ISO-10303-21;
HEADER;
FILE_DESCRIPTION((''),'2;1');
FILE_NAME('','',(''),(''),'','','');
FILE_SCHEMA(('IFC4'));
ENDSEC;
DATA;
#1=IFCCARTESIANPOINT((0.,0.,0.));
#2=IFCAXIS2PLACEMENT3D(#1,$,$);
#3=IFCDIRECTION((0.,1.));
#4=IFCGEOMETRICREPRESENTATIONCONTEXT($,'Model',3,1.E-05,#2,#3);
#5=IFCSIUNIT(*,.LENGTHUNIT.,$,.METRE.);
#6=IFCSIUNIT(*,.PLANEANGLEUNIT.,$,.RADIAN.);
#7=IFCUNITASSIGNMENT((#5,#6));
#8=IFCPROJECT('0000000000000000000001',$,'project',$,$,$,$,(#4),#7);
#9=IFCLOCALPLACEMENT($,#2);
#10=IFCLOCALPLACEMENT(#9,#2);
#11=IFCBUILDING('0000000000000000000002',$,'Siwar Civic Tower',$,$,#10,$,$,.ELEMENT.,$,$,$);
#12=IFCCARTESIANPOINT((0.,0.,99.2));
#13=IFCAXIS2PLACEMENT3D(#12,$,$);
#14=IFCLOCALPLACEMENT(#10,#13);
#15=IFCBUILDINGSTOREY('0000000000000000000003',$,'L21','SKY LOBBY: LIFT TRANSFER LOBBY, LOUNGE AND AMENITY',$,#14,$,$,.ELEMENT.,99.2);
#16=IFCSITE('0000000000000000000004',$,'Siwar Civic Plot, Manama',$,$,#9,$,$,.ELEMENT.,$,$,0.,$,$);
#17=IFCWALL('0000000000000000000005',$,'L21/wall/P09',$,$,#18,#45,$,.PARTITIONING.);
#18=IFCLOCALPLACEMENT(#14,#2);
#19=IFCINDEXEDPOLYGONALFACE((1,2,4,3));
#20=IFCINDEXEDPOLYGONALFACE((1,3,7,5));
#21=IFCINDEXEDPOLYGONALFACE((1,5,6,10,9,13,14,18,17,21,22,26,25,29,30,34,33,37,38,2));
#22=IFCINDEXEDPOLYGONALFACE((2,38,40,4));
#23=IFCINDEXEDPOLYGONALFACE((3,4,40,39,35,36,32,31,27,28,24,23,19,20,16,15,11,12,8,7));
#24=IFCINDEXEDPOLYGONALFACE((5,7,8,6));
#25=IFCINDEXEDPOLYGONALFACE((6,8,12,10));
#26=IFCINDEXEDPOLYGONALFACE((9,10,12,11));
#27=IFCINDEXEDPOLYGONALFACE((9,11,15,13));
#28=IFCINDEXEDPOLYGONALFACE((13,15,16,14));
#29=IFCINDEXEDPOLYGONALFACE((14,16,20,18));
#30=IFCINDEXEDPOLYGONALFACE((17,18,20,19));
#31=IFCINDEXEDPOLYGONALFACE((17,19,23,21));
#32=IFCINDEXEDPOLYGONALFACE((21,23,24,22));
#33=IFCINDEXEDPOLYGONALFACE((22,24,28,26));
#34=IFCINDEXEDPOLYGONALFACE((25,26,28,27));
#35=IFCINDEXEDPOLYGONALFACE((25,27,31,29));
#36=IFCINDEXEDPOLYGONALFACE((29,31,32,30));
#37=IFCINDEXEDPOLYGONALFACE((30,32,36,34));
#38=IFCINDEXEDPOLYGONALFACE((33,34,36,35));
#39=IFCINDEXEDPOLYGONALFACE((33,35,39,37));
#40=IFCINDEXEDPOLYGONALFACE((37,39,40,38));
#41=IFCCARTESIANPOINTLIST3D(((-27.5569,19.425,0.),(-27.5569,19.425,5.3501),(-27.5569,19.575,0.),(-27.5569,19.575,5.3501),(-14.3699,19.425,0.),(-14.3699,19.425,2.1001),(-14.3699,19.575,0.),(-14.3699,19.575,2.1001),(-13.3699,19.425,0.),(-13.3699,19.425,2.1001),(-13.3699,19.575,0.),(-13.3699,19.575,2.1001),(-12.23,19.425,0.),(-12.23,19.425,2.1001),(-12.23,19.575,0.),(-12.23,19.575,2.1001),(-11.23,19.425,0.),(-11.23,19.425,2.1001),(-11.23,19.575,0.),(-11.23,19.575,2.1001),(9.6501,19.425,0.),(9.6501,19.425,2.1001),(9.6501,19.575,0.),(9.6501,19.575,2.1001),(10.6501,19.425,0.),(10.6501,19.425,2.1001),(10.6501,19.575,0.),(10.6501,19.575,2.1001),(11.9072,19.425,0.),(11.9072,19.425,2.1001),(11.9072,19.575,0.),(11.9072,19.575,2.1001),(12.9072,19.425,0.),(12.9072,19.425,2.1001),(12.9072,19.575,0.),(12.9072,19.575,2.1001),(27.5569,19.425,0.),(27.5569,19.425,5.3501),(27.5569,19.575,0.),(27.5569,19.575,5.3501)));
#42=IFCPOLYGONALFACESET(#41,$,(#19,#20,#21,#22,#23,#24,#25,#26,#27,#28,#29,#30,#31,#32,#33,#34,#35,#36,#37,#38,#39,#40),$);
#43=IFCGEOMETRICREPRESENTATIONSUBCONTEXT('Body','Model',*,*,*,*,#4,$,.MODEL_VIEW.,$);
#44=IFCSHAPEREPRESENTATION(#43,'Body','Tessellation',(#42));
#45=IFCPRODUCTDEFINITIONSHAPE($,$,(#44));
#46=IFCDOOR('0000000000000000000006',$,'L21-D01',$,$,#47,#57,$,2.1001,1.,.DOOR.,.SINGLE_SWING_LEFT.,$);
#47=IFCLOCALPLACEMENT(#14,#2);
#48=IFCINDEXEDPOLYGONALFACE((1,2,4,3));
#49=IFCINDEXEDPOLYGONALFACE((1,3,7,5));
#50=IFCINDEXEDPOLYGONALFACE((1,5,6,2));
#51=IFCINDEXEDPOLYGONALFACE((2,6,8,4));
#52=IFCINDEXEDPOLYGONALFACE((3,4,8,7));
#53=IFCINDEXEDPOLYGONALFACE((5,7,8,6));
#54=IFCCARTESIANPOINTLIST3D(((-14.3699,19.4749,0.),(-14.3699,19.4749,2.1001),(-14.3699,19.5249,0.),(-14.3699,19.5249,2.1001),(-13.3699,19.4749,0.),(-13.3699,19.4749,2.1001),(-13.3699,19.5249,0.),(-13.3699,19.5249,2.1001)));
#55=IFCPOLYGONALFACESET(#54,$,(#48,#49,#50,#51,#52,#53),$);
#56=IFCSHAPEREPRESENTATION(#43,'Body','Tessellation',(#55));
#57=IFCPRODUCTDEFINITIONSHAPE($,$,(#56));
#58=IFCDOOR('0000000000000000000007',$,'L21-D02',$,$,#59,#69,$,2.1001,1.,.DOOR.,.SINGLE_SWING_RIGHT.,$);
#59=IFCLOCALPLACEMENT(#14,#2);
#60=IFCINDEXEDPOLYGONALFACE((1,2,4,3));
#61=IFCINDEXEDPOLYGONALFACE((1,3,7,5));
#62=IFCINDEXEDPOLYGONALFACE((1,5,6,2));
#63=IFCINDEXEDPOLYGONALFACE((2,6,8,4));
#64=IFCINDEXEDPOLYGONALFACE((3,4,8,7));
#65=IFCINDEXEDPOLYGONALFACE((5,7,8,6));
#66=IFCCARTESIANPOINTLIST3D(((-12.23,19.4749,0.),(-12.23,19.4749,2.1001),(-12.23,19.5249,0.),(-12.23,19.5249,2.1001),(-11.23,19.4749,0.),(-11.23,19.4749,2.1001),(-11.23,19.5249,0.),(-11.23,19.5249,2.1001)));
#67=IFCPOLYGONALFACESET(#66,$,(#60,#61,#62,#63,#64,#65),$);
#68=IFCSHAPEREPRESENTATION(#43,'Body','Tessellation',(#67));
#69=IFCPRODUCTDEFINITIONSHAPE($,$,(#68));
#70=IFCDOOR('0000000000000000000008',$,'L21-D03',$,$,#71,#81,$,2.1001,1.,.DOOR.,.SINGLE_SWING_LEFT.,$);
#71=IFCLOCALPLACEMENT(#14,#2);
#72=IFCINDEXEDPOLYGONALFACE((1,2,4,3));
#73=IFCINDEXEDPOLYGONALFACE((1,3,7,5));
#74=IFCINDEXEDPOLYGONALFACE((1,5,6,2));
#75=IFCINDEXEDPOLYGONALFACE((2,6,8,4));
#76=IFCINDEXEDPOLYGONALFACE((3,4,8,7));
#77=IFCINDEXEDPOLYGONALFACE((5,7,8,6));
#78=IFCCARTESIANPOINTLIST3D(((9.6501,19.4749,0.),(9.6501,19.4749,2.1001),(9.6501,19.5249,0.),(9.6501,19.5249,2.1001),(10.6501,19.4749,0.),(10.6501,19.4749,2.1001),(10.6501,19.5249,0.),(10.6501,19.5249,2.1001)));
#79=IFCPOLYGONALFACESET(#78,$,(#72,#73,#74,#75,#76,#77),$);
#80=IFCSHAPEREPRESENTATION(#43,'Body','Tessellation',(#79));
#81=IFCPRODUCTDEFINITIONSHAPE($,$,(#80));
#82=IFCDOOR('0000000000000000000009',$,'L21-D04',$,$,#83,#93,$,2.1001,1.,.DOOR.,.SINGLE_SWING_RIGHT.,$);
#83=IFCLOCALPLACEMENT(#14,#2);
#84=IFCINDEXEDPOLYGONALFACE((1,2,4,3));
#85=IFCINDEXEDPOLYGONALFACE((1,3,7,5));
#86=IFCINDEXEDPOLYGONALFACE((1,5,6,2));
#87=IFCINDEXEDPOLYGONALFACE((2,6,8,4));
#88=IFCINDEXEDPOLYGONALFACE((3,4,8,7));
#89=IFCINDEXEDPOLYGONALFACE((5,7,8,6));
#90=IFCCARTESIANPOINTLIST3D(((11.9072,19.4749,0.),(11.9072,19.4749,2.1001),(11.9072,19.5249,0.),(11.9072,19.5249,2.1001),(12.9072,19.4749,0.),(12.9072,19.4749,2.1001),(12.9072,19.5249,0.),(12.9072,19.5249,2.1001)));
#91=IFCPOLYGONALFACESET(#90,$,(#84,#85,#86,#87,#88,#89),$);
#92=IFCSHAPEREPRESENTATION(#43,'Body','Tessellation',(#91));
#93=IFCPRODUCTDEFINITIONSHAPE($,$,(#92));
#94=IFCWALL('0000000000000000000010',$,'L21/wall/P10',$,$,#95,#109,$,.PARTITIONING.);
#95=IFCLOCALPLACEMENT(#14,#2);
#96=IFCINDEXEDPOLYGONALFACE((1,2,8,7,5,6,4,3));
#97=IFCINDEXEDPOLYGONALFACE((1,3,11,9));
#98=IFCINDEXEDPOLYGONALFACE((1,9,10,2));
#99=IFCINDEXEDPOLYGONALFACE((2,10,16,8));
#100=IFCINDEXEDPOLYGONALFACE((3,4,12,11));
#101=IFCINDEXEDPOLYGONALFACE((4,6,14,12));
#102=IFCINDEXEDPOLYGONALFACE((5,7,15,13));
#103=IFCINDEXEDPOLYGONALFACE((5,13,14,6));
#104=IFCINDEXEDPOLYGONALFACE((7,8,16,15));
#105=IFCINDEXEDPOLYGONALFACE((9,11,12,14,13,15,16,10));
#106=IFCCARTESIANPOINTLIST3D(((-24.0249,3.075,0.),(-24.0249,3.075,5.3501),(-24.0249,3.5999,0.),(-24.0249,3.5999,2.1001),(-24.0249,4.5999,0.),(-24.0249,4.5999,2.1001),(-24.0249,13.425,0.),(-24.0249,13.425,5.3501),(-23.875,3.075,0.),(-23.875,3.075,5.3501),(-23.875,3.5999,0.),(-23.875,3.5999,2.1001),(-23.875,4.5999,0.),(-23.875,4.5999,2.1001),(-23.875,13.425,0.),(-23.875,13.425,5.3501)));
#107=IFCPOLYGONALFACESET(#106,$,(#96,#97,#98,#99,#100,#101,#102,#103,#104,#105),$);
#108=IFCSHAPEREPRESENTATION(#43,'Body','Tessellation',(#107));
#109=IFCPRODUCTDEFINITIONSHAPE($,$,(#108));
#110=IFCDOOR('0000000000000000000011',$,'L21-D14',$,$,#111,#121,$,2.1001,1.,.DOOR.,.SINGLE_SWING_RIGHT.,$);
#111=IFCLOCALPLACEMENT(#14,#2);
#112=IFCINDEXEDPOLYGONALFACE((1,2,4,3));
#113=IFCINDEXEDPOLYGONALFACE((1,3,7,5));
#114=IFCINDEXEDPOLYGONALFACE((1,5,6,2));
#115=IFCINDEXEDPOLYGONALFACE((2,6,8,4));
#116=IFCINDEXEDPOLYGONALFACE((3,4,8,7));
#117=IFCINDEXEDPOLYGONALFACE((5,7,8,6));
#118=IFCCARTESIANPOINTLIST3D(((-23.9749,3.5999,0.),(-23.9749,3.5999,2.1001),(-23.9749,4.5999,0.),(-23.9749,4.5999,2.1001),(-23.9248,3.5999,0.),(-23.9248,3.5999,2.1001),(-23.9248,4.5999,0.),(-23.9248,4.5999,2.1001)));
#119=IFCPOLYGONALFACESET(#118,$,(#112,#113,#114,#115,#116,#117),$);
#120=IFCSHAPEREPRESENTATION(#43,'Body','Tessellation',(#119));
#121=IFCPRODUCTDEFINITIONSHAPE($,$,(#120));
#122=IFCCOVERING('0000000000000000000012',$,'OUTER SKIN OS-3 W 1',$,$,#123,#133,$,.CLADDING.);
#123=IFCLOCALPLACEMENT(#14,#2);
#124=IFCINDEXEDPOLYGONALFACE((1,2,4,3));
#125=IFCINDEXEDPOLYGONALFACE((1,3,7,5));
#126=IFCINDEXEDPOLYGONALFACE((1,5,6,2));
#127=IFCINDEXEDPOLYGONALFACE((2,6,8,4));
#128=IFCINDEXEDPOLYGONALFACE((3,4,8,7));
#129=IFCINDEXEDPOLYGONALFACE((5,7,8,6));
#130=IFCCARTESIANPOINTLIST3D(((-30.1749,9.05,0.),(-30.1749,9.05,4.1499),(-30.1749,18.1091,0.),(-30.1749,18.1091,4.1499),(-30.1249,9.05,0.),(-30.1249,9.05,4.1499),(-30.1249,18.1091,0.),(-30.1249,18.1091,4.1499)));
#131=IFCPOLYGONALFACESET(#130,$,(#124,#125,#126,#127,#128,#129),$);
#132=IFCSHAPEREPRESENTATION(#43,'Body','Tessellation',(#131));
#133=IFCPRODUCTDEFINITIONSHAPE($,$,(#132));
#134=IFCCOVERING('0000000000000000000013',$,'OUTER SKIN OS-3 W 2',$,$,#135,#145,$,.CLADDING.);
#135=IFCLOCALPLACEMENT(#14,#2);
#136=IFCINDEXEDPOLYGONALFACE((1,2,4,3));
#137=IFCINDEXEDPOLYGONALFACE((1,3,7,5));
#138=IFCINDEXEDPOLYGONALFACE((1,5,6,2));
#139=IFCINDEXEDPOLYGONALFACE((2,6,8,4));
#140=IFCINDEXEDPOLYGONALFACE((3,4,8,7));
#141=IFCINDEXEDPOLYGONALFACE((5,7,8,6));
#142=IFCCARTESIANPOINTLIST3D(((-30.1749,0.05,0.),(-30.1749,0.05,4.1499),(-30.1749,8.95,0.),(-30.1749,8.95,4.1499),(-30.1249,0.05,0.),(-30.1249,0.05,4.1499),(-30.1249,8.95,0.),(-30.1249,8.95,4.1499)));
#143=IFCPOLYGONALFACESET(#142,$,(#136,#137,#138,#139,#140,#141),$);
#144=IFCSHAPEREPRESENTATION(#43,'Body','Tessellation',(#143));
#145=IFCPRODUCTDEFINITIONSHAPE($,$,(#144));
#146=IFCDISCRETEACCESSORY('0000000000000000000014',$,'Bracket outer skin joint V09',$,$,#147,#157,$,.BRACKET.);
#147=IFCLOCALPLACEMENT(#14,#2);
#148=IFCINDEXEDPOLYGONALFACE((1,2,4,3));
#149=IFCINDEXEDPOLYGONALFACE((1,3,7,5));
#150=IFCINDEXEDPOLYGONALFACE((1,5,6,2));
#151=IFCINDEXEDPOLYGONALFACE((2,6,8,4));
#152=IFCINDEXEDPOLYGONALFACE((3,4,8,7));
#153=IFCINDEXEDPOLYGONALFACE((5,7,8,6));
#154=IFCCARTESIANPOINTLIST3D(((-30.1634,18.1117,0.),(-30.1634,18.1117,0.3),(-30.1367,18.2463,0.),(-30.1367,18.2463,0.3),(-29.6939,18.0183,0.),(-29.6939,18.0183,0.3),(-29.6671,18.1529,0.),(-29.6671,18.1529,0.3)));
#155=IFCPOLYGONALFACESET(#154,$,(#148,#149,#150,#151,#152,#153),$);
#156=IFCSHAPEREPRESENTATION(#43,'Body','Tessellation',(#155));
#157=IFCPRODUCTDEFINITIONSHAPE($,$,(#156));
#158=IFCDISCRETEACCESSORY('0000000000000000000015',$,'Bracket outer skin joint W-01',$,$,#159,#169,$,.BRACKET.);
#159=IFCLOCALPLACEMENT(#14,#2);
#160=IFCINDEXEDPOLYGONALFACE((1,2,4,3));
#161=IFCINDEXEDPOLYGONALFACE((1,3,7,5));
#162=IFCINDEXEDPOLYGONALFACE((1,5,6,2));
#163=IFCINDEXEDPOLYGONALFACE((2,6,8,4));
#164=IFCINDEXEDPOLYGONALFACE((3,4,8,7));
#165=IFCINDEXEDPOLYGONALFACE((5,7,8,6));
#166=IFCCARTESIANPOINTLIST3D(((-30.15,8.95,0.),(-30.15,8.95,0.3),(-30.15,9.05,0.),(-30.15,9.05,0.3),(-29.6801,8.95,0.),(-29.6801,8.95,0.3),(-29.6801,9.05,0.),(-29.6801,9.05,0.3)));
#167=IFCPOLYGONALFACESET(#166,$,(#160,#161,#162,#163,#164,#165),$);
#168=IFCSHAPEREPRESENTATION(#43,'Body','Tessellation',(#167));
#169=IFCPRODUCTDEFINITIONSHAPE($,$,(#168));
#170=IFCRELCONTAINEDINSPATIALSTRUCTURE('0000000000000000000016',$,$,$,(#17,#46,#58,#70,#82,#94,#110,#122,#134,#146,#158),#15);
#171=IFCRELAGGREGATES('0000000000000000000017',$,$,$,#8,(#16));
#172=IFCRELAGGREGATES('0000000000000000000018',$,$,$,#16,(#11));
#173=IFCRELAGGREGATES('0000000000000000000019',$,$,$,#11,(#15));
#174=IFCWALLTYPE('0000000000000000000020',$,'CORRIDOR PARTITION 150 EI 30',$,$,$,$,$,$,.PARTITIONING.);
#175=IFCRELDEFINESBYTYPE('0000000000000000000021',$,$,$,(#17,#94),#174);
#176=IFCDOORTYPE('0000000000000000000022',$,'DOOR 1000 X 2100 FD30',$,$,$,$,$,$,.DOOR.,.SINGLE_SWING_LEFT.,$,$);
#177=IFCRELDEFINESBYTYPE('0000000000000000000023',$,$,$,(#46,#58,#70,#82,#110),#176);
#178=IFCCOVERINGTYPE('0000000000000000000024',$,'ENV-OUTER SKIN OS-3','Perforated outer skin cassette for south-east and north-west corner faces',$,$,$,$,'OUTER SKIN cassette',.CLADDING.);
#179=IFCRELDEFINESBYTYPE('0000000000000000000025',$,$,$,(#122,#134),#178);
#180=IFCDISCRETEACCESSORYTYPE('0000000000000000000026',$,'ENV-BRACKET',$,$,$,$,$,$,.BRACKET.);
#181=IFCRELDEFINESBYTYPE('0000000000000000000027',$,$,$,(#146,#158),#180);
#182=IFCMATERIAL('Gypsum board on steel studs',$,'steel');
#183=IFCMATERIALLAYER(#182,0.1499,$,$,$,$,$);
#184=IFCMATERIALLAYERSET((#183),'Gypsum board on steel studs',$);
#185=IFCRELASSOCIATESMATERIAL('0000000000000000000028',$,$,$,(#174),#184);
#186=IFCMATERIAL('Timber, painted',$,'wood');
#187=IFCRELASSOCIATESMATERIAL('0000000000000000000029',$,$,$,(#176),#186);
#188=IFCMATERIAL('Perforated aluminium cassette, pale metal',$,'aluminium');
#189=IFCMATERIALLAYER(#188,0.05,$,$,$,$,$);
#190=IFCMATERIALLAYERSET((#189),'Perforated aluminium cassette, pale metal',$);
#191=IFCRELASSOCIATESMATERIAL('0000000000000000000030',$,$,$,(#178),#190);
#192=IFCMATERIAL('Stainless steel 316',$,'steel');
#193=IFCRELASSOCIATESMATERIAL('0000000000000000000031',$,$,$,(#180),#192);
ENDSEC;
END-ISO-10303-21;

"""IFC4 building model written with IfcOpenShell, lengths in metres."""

from ifc_helpers import new_model, si_unit, direction, frame, frame_2d, origin, origin_2d, place, context, subcontext, project, spatial, rectangle, extrude, material, layer, layer_set, type_object, element, fill, save


model = new_model("IFC4")

# Units and contexts
model_context = context("Model", 3, precision=1e-05, world=origin(), true_north=direction((0.0, 1.0)))
body_context = subcontext(model_context, "Body", "Model", "MODEL_VIEW")
ifc_project = project(units=[si_unit("LENGTHUNIT", "METRE"), si_unit("PLANEANGLEUNIT", "RADIAN")], contexts=[model_context])

# Site, building, storey
site_placement = place(None, origin())
site = spatial("IfcSite", under=ifc_project, at=site_placement, Name="Siwar Civic Plot, Manama", CompositionType="ELEMENT", RefElevation=0.0)
building_placement = place(site_placement, origin())
building = spatial("IfcBuilding", under=site, at=building_placement, Name="Siwar Civic Tower", CompositionType="ELEMENT")
storey_placement = place(building_placement, frame((0.0, 0.0, 99.2)))
storey = spatial("IfcBuildingStorey", under=building, at=storey_placement, Name="L21", Description="SKY LOBBY: LIFT TRANSFER LOBBY, LOUNGE AND AMENITY", CompositionType="ELEMENT", Elevation=99.2)

# Shared definitions
ifc_material_1 = material(Name="Gypsum board on steel studs", Category="steel")
ifc_layer_1 = layer(ifc_material_1, 0.1499)
ifc_layer_set_1 = layer_set([ifc_layer_1], Name="Gypsum board on steel studs")
wall_type = type_object("IfcWallType", Name="CORRIDOR PARTITION 150 EI 30", PredefinedType="PARTITIONING", material=ifc_layer_set_1)

# Wall, openings, doors
wall_1_placement = place(storey_placement, frame((-27.5569, 19.5, 0.0), z_axis=(0.0, 0.0, 1.0), x_axis=(1.0, 0.0, 0.0)))
wall_1 = element("IfcWall", 1, at=wall_1_placement, inside=storey, type_object=wall_type, Name="L21/wall/P09", PredefinedType="PARTITIONING", context=body_context, shape_type="SweptSolid", body=[
    extrude(rectangle(XDim=55.1138, YDim=0.1499, at=frame_2d((27.5569, 0.0))), origin(), (0.0, 0.0, 1.0), 5.3501),
])
opening_1_placement = place(wall_1_placement, frame((13.187, 0.0, 0.0)))
opening_1 = element("IfcOpeningElement", 2, at=opening_1_placement, cuts=wall_1, PredefinedType="OPENING", context=body_context, shape_type="SweptSolid", body=[
    extrude(rectangle(XDim=1.0, YDim=2.1001, at=frame_2d((0.5, 1.05))), frame((0.0, 0.085, 0.0), z_axis=(0.0, -1.0, 0.0), x_axis=(1.0, 0.0, 0.0)), (0.0, 0.0, 1.0), 0.1699),
])
opening_2_placement = place(wall_1_placement, frame((15.3269, 0.0, 0.0)))
opening_2 = element("IfcOpeningElement", 3, at=opening_2_placement, cuts=wall_1, PredefinedType="OPENING", context=body_context, shape_type="SweptSolid", body=[
    extrude(rectangle(XDim=1.0, YDim=2.1001, at=frame_2d((0.5, 1.05))), frame((0.0, 0.085, 0.0), z_axis=(0.0, -1.0, 0.0), x_axis=(1.0, 0.0, 0.0)), (0.0, 0.0, 1.0), 0.1699),
])
opening_3_placement = place(wall_1_placement, frame((37.207, 0.0, 0.0)))
opening_3 = element("IfcOpeningElement", 4, at=opening_3_placement, cuts=wall_1, PredefinedType="OPENING", context=body_context, shape_type="SweptSolid", body=[
    extrude(rectangle(XDim=1.0, YDim=2.1001, at=frame_2d((0.5, 1.05))), frame((0.0, 0.085, 0.0), z_axis=(0.0, -1.0, 0.0), x_axis=(1.0, 0.0, 0.0)), (0.0, 0.0, 1.0), 0.1699),
])
opening_4_placement = place(wall_1_placement, frame((39.4641, 0.0, 0.0)))
opening_4 = element("IfcOpeningElement", 5, at=opening_4_placement, cuts=wall_1, PredefinedType="OPENING", context=body_context, shape_type="SweptSolid", body=[
    extrude(rectangle(XDim=1.0, YDim=2.1001, at=frame_2d((0.5, 1.05))), frame((0.0, 0.085, 0.0), z_axis=(0.0, -1.0, 0.0), x_axis=(1.0, 0.0, 0.0)), (0.0, 0.0, 1.0), 0.1699),
])
ifc_material_2 = material(Name="Timber, painted", Category="wood")
door_type = type_object("IfcDoorType", Name="DOOR 1000 X 2100 FD30", OperationType="SINGLE_SWING_LEFT", PredefinedType="DOOR", material=ifc_material_2)
door_1_placement = place(opening_1_placement, origin())
door_1 = element("IfcDoor", 6, at=door_1_placement, inside=storey, type_object=door_type, Name="L21-D01", OperationType="SINGLE_SWING_LEFT", OverallHeight=2.1001, OverallWidth=1.0, PredefinedType="DOOR", context=body_context, shape_type="SweptSolid", body=[
    extrude(rectangle(XDim=1.0, YDim=2.1001, at=frame_2d((0.5, 1.05))), frame((0.0, 0.0249, 0.0), z_axis=(0.0, -1.0, 0.0), x_axis=(1.0, 0.0, 0.0)), (0.0, 0.0, 1.0), 0.05),
])
fill(opening_1, door_1)
door_2_placement = place(opening_2_placement, origin())
door_2 = element("IfcDoor", 7, at=door_2_placement, inside=storey, type_object=door_type, Name="L21-D02", OperationType="SINGLE_SWING_RIGHT", OverallHeight=2.1001, OverallWidth=1.0, PredefinedType="DOOR", context=body_context, shape_type="SweptSolid", body=[
    extrude(rectangle(XDim=1.0, YDim=2.1001, at=frame_2d((0.5, 1.05))), frame((0.0, 0.0249, 0.0), z_axis=(0.0, -1.0, 0.0), x_axis=(1.0, 0.0, 0.0)), (0.0, 0.0, 1.0), 0.05),
])
fill(opening_2, door_2)
door_3_placement = place(opening_3_placement, origin())
door_3 = element("IfcDoor", 8, at=door_3_placement, inside=storey, type_object=door_type, Name="L21-D03", OperationType="SINGLE_SWING_LEFT", OverallHeight=2.1001, OverallWidth=1.0, PredefinedType="DOOR", context=body_context, shape_type="SweptSolid", body=[
    extrude(rectangle(XDim=1.0, YDim=2.1001, at=frame_2d((0.5, 1.05))), frame((0.0, 0.0249, 0.0), z_axis=(0.0, -1.0, 0.0), x_axis=(1.0, 0.0, 0.0)), (0.0, 0.0, 1.0), 0.05),
])
fill(opening_3, door_3)
door_4_placement = place(opening_4_placement, origin())
door_4 = element("IfcDoor", 9, at=door_4_placement, inside=storey, type_object=door_type, Name="L21-D04", OperationType="SINGLE_SWING_RIGHT", OverallHeight=2.1001, OverallWidth=1.0, PredefinedType="DOOR", context=body_context, shape_type="SweptSolid", body=[
    extrude(rectangle(XDim=1.0, YDim=2.1001, at=frame_2d((0.5, 1.05))), frame((0.0, 0.0249, 0.0), z_axis=(0.0, -1.0, 0.0), x_axis=(1.0, 0.0, 0.0)), (0.0, 0.0, 1.0), 0.05),
])
fill(opening_4, door_4)

# Wall, opening, door
wall_2_placement = place(storey_placement, frame((-23.95, 3.075, 0.0), z_axis=(0.0, 0.0, 1.0), x_axis=(0.0, 1.0, 0.0)))
wall_2 = element("IfcWall", 10, at=wall_2_placement, inside=storey, type_object=wall_type, Name="L21/wall/P10", PredefinedType="PARTITIONING", context=body_context, shape_type="SweptSolid", body=[
    extrude(rectangle(XDim=10.3501, YDim=0.1499, at=frame_2d((5.175, 0.0))), origin(), (0.0, 0.0, 1.0), 5.3501),
])
opening_5_placement = place(wall_2_placement, frame((0.5249, 0.0, 0.0)))
opening_5 = element("IfcOpeningElement", 11, at=opening_5_placement, cuts=wall_2, PredefinedType="OPENING", context=body_context, shape_type="SweptSolid", body=[
    extrude(rectangle(XDim=1.0, YDim=2.1001, at=frame_2d((0.5, 1.05))), frame((0.0, 0.085, 0.0), z_axis=(0.0, -1.0, 0.0), x_axis=(1.0, 0.0, 0.0)), (0.0, 0.0, 1.0), 0.1699),
])
door_5_placement = place(opening_5_placement, origin())
door_5 = element("IfcDoor", 12, at=door_5_placement, inside=storey, type_object=door_type, Name="L21-D14", OperationType="SINGLE_SWING_RIGHT", OverallHeight=2.1001, OverallWidth=1.0, PredefinedType="DOOR", context=body_context, shape_type="SweptSolid", body=[
    extrude(rectangle(XDim=1.0, YDim=2.1001, at=frame_2d((0.5, 1.05))), frame((0.0, 0.0249, 0.0), z_axis=(0.0, -1.0, 0.0), x_axis=(1.0, 0.0, 0.0)), (0.0, 0.0, 1.0), 0.05),
])
fill(opening_5, door_5)

# Coverings
ifc_material_3 = material(Name="Perforated aluminium cassette, pale metal", Category="aluminium")
ifc_layer_2 = layer(ifc_material_3, 0.05)
ifc_layer_set_2 = layer_set([ifc_layer_2], Name="Perforated aluminium cassette, pale metal")
covering_type = type_object("IfcCoveringType", Name="ENV-OUTER SKIN OS-3", Description="Perforated outer skin cassette for south-east and north-west corner faces", ElementType="OUTER SKIN cassette", PredefinedType="CLADDING", material=ifc_layer_set_2)
covering_1_placement = place(storey_placement, frame((-30.1499, 13.5796, 0.0), z_axis=(0.0, 0.0, 1.0), x_axis=(0.0, -1.0, 0.0)))
element("IfcCovering", 13, at=covering_1_placement, inside=storey, type_object=covering_type, Name="OUTER SKIN OS-3 W 1", PredefinedType="CLADDING", context=body_context, shape_type="SweptSolid", body=[
    extrude(rectangle(XDim=9.0591, YDim=0.05, at=origin_2d()), origin(), (0.0, 0.0, 1.0), 4.1499),
])
covering_2_placement = place(storey_placement, frame((-30.1499, 4.5, 0.0), z_axis=(0.0, 0.0, 1.0), x_axis=(0.0, -1.0, 0.0)))
element("IfcCovering", 14, at=covering_2_placement, inside=storey, type_object=covering_type, Name="OUTER SKIN OS-3 W 2", PredefinedType="CLADDING", context=body_context, shape_type="SweptSolid", body=[
    extrude(rectangle(XDim=8.8999, YDim=0.05, at=origin_2d()), origin(), (0.0, 0.0, 1.0), 4.1499),
])

# Discrete accessories
ifc_material_4 = material(Name="Stainless steel 316", Category="steel")
discrete_accessory_type = type_object("IfcDiscreteAccessoryType", Name="ENV-BRACKET", PredefinedType="BRACKET", material=ifc_material_4)
discrete_accessory_1_placement = place(storey_placement, frame((-29.9153, 18.1323, 0.0), z_axis=(0.0, 0.0, 1.0), x_axis=(-0.980785, 0.19509, 0.0)))
element("IfcDiscreteAccessory", 15, at=discrete_accessory_1_placement, inside=storey, type_object=discrete_accessory_type, Name="Bracket outer skin joint V09", PredefinedType="BRACKET", context=body_context, shape_type="SweptSolid", body=[
    extrude(rectangle(XDim=0.4788, YDim=0.1372, at=origin_2d()), origin(), (0.0, 0.0, 1.0), 0.3),
])
discrete_accessory_2_placement = place(storey_placement, frame((-29.915, 9.0, 0.0), z_axis=(0.0, 0.0, 1.0), x_axis=(-1.0, 0.0, 0.0)))
element("IfcDiscreteAccessory", 16, at=discrete_accessory_2_placement, inside=storey, type_object=discrete_accessory_type, Name="Bracket outer skin joint W-01", PredefinedType="BRACKET", context=body_context, shape_type="SweptSolid", body=[
    extrude(rectangle(XDim=0.47, YDim=0.1001, at=origin_2d()), origin(), (0.0, 0.0, 1.0), 0.3),
])

save(model, "model.ifc")
